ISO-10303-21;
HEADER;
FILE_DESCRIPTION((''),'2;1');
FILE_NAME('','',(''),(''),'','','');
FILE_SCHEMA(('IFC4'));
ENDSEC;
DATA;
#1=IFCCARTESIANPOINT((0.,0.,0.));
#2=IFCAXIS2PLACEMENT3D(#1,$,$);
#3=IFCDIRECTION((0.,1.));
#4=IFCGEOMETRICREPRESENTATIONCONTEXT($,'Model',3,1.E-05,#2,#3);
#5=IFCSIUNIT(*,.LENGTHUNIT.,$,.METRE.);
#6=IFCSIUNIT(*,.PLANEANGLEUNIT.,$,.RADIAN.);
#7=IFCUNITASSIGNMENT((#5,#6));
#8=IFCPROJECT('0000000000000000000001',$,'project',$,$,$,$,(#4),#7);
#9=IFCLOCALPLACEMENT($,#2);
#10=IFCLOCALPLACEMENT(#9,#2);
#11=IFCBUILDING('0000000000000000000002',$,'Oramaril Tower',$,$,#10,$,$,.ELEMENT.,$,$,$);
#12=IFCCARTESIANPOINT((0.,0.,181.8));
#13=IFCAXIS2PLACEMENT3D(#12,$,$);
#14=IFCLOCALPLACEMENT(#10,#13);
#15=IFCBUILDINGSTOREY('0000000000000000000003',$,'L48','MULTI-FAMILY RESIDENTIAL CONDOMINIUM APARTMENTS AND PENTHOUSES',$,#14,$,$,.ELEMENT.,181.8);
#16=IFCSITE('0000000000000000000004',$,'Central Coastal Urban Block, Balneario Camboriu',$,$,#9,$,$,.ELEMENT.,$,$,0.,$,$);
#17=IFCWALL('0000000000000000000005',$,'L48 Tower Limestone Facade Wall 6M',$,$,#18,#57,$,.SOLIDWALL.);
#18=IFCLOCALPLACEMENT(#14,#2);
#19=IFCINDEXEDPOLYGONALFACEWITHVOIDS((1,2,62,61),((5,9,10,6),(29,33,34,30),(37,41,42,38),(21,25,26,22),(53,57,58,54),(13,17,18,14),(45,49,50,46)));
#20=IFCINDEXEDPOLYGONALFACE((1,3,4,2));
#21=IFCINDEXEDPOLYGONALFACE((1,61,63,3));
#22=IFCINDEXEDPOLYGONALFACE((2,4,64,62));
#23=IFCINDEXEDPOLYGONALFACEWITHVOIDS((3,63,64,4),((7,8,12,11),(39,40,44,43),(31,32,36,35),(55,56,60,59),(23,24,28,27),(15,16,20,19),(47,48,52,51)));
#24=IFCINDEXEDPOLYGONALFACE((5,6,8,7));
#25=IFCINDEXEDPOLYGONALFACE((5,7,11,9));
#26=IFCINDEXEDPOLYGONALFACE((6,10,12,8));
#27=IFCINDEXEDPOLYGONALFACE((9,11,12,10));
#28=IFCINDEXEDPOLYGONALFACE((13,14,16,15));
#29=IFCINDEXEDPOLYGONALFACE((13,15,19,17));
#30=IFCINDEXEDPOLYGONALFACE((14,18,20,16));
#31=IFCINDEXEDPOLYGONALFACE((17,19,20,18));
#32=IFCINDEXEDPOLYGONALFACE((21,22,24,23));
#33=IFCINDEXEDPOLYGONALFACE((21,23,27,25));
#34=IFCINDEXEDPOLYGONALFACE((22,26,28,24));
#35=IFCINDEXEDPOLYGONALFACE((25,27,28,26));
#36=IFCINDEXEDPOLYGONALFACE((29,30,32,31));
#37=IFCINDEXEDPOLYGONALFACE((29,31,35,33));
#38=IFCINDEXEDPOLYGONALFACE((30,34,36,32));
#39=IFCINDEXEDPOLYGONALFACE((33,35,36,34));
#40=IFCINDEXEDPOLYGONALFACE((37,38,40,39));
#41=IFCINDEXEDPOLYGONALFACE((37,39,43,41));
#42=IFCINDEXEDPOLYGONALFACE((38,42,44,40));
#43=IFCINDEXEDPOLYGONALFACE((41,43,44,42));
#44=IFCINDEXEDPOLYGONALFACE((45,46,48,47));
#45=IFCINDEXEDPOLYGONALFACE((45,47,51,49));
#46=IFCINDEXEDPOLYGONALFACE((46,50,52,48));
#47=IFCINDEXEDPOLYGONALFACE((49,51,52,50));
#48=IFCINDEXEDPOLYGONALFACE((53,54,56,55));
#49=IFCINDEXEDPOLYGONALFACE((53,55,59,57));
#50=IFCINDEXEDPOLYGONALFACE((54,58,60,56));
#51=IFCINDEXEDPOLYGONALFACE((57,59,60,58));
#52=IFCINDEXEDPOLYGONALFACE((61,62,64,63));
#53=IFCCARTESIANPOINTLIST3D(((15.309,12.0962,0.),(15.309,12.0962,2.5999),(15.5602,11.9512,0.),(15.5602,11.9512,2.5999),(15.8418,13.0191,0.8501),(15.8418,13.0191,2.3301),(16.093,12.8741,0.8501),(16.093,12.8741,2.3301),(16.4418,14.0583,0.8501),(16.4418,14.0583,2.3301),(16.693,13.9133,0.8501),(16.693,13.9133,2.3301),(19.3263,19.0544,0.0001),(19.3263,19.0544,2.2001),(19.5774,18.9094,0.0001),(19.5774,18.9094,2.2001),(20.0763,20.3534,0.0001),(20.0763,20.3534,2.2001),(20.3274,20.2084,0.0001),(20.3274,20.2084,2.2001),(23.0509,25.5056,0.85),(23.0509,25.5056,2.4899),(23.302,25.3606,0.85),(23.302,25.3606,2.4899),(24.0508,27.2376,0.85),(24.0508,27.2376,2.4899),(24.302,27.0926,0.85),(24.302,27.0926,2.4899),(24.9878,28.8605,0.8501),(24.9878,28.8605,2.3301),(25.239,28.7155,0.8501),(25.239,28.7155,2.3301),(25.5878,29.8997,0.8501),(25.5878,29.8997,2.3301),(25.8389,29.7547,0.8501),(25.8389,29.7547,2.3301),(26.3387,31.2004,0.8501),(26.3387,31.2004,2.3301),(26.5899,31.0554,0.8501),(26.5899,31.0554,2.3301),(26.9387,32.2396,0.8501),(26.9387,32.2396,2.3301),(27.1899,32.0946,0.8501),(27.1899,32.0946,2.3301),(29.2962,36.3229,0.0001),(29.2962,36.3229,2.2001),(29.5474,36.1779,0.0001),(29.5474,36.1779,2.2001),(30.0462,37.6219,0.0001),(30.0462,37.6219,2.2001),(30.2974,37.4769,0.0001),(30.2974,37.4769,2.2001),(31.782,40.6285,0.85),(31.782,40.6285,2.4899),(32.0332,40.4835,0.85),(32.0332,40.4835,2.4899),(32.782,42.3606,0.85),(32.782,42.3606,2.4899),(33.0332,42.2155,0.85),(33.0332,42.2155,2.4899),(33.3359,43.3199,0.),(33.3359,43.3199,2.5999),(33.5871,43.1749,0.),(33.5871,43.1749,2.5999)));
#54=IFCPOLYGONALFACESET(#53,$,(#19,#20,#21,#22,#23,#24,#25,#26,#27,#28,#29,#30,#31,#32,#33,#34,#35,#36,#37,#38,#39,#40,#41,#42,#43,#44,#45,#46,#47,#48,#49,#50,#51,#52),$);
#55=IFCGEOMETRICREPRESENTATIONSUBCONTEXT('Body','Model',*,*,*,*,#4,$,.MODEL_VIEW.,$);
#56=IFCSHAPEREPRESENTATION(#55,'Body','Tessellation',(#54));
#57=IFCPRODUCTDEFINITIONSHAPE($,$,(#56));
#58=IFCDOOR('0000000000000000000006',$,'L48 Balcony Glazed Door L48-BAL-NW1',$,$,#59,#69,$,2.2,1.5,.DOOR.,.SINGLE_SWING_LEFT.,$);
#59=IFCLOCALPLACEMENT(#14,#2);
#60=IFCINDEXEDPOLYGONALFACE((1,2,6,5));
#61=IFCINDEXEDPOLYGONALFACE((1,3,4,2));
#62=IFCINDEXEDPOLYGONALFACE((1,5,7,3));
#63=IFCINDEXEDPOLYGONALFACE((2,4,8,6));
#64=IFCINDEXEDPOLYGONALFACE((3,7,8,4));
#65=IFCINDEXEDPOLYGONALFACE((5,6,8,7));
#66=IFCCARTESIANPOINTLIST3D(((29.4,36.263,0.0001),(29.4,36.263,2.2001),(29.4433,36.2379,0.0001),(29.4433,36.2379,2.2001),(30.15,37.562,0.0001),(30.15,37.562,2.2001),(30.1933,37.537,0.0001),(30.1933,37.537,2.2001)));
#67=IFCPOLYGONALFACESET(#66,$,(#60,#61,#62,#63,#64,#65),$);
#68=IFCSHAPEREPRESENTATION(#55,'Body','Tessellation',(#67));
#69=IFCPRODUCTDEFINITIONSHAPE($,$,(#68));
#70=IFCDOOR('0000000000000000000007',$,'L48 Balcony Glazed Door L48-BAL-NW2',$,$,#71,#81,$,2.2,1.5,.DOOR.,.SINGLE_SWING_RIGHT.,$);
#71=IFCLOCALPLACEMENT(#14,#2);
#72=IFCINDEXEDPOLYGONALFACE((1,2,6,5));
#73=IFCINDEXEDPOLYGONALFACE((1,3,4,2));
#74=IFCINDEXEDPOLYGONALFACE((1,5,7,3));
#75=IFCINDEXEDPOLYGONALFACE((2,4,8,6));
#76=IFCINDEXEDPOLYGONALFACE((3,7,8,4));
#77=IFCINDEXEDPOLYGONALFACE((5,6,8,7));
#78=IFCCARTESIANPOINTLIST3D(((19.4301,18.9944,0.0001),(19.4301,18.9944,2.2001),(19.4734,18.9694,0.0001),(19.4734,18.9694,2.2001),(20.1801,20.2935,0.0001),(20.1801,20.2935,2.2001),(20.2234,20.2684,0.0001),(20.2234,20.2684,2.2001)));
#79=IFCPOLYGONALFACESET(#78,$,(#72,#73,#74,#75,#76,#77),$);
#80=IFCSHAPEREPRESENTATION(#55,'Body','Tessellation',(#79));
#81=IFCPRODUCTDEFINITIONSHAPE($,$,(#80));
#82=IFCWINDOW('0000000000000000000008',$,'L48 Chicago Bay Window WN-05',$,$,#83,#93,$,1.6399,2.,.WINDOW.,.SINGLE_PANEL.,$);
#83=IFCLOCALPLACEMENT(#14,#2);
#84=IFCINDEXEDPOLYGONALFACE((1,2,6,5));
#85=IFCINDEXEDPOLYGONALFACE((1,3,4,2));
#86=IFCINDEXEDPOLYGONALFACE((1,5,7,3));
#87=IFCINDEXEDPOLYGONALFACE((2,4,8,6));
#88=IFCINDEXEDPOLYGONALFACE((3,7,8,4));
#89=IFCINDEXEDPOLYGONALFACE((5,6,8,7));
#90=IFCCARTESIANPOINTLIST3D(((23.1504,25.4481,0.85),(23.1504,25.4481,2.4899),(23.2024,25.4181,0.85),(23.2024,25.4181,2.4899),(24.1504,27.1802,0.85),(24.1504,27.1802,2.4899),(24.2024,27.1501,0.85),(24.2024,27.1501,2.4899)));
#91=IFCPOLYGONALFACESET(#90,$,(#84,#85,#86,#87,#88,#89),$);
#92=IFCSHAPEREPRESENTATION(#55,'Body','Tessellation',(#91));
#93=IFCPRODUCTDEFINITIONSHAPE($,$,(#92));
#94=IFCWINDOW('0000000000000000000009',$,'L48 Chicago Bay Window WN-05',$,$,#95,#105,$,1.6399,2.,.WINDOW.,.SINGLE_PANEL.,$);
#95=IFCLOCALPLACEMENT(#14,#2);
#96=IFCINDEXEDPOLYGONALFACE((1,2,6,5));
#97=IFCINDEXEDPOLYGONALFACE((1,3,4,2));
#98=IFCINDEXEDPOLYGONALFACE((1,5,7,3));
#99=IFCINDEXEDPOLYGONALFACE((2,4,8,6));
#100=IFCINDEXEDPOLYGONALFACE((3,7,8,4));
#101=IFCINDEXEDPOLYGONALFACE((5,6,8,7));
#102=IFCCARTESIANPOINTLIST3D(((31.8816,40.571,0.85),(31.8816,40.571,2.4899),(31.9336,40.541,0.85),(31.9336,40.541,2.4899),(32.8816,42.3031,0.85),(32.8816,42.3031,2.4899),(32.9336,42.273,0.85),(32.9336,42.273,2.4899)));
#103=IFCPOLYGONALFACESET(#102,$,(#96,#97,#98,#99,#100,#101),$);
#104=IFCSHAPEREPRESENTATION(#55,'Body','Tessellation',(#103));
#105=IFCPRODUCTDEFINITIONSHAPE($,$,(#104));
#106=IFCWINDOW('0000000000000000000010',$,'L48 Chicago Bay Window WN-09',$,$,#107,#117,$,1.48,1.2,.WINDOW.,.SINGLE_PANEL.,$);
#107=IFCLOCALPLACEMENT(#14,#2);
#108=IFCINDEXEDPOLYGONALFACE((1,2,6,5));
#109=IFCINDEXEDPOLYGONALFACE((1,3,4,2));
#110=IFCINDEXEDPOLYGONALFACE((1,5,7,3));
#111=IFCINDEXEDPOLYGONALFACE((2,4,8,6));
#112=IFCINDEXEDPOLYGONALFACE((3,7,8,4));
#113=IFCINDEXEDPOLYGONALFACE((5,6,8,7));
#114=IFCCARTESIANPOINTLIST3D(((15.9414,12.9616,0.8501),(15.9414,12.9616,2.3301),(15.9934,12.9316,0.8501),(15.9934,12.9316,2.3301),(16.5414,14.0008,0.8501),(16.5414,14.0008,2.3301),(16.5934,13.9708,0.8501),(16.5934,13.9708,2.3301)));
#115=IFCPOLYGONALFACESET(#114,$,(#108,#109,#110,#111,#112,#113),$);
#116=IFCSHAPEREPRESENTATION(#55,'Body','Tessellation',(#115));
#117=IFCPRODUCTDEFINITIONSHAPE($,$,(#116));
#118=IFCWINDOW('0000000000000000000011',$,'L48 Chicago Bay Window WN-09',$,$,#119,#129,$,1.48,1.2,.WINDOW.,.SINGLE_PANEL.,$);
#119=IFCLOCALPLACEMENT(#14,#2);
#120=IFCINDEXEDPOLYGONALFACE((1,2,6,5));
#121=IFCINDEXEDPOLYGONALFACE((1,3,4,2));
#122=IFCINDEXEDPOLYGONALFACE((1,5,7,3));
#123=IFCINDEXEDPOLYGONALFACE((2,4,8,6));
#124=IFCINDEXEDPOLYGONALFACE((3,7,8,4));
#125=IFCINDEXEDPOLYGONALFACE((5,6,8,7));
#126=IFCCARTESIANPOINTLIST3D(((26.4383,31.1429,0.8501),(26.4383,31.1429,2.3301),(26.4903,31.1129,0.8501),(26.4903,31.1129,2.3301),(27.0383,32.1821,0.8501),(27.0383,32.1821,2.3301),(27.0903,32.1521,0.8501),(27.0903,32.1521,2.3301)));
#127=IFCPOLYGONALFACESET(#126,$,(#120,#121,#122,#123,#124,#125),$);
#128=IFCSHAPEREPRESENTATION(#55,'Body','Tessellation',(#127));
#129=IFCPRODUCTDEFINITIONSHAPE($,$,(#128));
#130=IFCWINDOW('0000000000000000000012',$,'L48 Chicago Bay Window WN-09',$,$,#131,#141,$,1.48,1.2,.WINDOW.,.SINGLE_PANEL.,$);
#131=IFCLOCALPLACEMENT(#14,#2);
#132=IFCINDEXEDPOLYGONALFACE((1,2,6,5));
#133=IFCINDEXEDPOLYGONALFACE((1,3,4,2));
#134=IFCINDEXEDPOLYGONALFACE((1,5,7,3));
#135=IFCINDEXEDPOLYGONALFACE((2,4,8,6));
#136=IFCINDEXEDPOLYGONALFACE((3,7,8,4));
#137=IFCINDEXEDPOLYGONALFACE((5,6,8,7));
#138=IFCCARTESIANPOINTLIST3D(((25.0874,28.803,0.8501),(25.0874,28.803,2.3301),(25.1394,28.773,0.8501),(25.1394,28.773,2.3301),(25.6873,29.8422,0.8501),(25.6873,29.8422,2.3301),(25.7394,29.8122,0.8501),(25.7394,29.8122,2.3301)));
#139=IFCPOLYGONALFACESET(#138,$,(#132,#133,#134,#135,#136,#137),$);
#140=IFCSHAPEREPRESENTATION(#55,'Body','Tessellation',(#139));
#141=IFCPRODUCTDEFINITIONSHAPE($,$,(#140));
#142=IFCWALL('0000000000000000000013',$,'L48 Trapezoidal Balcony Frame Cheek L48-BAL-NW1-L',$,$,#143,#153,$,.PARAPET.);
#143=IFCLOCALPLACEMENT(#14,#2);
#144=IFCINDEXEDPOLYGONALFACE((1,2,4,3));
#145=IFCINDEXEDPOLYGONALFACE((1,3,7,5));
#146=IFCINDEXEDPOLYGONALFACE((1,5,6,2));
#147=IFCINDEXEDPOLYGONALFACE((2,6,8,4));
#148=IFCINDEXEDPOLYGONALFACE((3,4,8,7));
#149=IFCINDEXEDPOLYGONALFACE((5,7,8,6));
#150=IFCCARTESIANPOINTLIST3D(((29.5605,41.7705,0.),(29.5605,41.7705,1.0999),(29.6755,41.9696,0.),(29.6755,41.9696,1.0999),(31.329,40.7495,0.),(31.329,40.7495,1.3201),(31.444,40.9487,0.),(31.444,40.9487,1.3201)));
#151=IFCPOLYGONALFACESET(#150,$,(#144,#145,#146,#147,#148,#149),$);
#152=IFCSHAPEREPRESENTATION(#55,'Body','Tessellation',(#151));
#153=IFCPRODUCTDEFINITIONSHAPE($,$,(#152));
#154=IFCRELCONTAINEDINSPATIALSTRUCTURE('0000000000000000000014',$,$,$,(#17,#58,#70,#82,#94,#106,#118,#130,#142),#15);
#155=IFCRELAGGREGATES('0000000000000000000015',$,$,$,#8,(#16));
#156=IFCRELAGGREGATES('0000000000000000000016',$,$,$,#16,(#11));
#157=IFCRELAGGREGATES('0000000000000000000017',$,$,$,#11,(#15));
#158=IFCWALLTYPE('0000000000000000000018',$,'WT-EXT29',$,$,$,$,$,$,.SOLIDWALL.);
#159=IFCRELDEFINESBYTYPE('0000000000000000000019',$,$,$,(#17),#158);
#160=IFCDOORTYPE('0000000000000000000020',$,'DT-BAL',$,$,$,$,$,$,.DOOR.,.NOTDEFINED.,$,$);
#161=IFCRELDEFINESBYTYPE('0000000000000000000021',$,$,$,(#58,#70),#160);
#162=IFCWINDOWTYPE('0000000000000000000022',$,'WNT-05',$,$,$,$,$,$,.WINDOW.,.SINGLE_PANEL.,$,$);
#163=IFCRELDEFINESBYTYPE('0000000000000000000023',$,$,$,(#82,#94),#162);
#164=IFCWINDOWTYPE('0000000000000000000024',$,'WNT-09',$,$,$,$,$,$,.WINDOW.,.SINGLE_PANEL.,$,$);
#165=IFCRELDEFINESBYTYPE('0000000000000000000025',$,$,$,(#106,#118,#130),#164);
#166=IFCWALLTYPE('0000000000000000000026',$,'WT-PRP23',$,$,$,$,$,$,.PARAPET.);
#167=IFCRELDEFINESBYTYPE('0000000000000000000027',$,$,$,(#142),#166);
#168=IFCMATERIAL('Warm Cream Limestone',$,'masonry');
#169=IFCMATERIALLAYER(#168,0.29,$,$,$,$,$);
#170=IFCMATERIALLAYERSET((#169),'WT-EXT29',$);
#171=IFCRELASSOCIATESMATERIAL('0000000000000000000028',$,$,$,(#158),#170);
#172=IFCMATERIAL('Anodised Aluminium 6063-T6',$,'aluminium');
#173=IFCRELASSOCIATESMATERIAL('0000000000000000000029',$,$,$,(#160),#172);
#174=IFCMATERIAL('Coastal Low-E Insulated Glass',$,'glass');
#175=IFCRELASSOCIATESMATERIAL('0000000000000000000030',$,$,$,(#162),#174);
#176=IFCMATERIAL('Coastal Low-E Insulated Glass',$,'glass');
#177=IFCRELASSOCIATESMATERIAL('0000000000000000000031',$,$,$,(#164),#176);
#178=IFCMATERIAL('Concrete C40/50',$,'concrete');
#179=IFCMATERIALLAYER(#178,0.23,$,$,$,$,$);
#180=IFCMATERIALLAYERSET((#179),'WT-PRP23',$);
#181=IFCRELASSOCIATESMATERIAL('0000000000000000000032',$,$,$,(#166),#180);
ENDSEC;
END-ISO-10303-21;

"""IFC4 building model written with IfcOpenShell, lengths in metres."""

from ifc_helpers import new_model, si_unit, direction, frame, frame_2d, origin, place, context, subcontext, project, spatial, polyline, rectangle, outline, extrude, material, layer, layer_set, type_object, element, fill, save


model = new_model("IFC4")

# Units and contexts
model_context = context("Model", 3, precision=1e-05, world=origin(), true_north=direction((0.0, 1.0)))
body_context = subcontext(model_context, "Body", "Model", "MODEL_VIEW")
ifc_project = project(units=[si_unit("LENGTHUNIT", "METRE"), si_unit("PLANEANGLEUNIT", "RADIAN")], contexts=[model_context])

# Site, building, storey
site_placement = place(None, origin())
site = spatial("IfcSite", under=ifc_project, at=site_placement, Name="Central Coastal Urban Block, Balneario Camboriu", CompositionType="ELEMENT", RefElevation=0.0)
building_placement = place(site_placement, origin())
building = spatial("IfcBuilding", under=site, at=building_placement, Name="Oramaril Tower", CompositionType="ELEMENT")
storey_placement = place(building_placement, frame((0.0, 0.0, 181.8)))
storey = spatial("IfcBuildingStorey", under=building, at=storey_placement, Name="L48", Description="MULTI-FAMILY RESIDENTIAL CONDOMINIUM APARTMENTS AND PENTHOUSES", CompositionType="ELEMENT", Elevation=181.8)

# Wall, openings, doors, windows
ifc_material_1 = material(Name="Warm Cream Limestone", Category="masonry")
ifc_layer_1 = layer(ifc_material_1, 0.29)
ifc_layer_set_1 = layer_set([ifc_layer_1], Name="WT-EXT29")
wall_type_1 = type_object("IfcWallType", Name="WT-EXT29", PredefinedType="SOLIDWALL", material=ifc_layer_set_1)
wall_1_placement = place(storey_placement, frame((33.4614, 43.2473, 0.0), z_axis=(0.0, 0.0, 1.0), x_axis=(-0.499998, -0.866027, 0.0)))
wall_1 = element("IfcWall", 1, at=wall_1_placement, inside=storey, type_object=wall_type_1, Name="L48 Tower Limestone Facade Wall 6M", PredefinedType="SOLIDWALL", context=body_context, shape_type="SweptSolid", body=[
    extrude(rectangle(XDim=36.054, YDim=0.29, at=frame_2d((18.0269, 0.0))), origin(), (0.0, 0.0, 1.0), 2.5999),
])
opening_1_placement = place(wall_1_placement, frame((6.5793, 0.0, 0.0)))
opening_1 = element("IfcOpeningElement", 2, at=opening_1_placement, cuts=wall_1, PredefinedType="OPENING", context=body_context, shape_type="SweptSolid", body=[
    extrude(rectangle(XDim=1.5, YDim=2.2, at=frame_2d((0.75, 1.1001))), frame((0.0, 0.145, 0.0), z_axis=(0.0, -1.0, 0.0), x_axis=(1.0, 0.0, 0.0)), (0.0, 0.0, 1.0), 0.29),
])
opening_2_placement = place(wall_1_placement, frame((26.5193, 0.0, 0.0)))
opening_2 = element("IfcOpeningElement", 3, at=opening_2_placement, cuts=wall_1, PredefinedType="OPENING", context=body_context, shape_type="SweptSolid", body=[
    extrude(rectangle(XDim=1.5, YDim=2.2, at=frame_2d((0.75, 1.1001))), frame((0.0, 0.145, 0.0), z_axis=(0.0, -1.0, 0.0), x_axis=(1.0, 0.0, 0.0)), (0.0, 0.0, 1.0), 0.29),
])
opening_3_placement = place(wall_1_placement, frame((33.7881, 0.0, 0.8501)))
opening_3 = element("IfcOpeningElement", 4, at=opening_3_placement, cuts=wall_1, PredefinedType="OPENING", context=body_context, shape_type="SweptSolid", body=[
    extrude(rectangle(XDim=1.2, YDim=1.48, at=frame_2d((0.6001, 0.74))), frame((0.0, 0.145, 0.0), z_axis=(0.0, -1.0, 0.0), x_axis=(1.0, 0.0, 0.0)), (0.0, 0.0, 1.0), 0.29),
])
opening_4_placement = place(wall_1_placement, frame((18.5701, 0.0, 0.8501)))
opening_4 = element("IfcOpeningElement", 5, at=opening_4_placement, cuts=wall_1, PredefinedType="OPENING", context=body_context, shape_type="SweptSolid", body=[
    extrude(rectangle(XDim=2.0, YDim=1.6399, at=frame_2d((1.0, 0.8198))), frame((0.0, 0.145, 0.0), z_axis=(0.0, -1.0, 0.0), x_axis=(1.0, 0.0, 0.0)), (0.0, 0.0, 1.0), 0.29),
])
opening_5_placement = place(wall_1_placement, frame((12.7942, 0.0, 0.8501)))
opening_5 = element("IfcOpeningElement", 6, at=opening_5_placement, cuts=wall_1, PredefinedType="OPENING", context=body_context, shape_type="SweptSolid", body=[
    extrude(rectangle(XDim=1.2, YDim=1.48, at=frame_2d((0.6001, 0.74))), frame((0.0, 0.145, 0.0), z_axis=(0.0, -1.0, 0.0), x_axis=(1.0, 0.0, 0.0)), (0.0, 0.0, 1.0), 0.29),
])
opening_6_placement = place(wall_1_placement, frame((15.4961, 0.0, 0.8501)))
opening_6 = element("IfcOpeningElement", 7, at=opening_6_placement, cuts=wall_1, PredefinedType="OPENING", context=body_context, shape_type="SweptSolid", body=[
    extrude(rectangle(XDim=1.2, YDim=1.48, at=frame_2d((0.6001, 0.74))), frame((0.0, 0.145, 0.0), z_axis=(0.0, -1.0, 0.0), x_axis=(1.0, 0.0, 0.0)), (0.0, 0.0, 1.0), 0.29),
])
opening_7_placement = place(wall_1_placement, frame((1.1077, 0.0, 0.8501)))
opening_7 = element("IfcOpeningElement", 8, at=opening_7_placement, cuts=wall_1, PredefinedType="OPENING", context=body_context, shape_type="SweptSolid", body=[
    extrude(rectangle(XDim=2.0, YDim=1.6399, at=frame_2d((1.0, 0.8198))), frame((0.0, 0.145, 0.0), z_axis=(0.0, -1.0, 0.0), x_axis=(1.0, 0.0, 0.0)), (0.0, 0.0, 1.0), 0.29),
])
ifc_material_2 = material(Name="Anodised Aluminium 6063-T6", Category="aluminium")
door_type_1 = type_object("IfcDoorType", Name="DT-BAL", OperationType="NOTDEFINED", PredefinedType="DOOR", material=ifc_material_2)
door_1_placement = place(opening_1_placement, origin())
door_1 = element("IfcDoor", 9, at=door_1_placement, inside=storey, type_object=door_type_1, Name="L48 Balcony Glazed Door L48-BAL-NW1", OperationType="SINGLE_SWING_LEFT", OverallHeight=2.2, OverallWidth=1.5, PredefinedType="DOOR", context=body_context, shape_type="SweptSolid", body=[
    extrude(rectangle(XDim=1.5, YDim=2.2, at=frame_2d((0.75, 1.1001))), frame((0.0, 0.0249, 0.0), z_axis=(0.0, -1.0, 0.0), x_axis=(1.0, 0.0, 0.0)), (0.0, 0.0, 1.0), 0.05),
])
fill(opening_1, door_1)
door_2_placement = place(opening_2_placement, origin())
door_2 = element("IfcDoor", 10, at=door_2_placement, inside=storey, type_object=door_type_1, Name="L48 Balcony Glazed Door L48-BAL-NW2", OperationType="SINGLE_SWING_RIGHT", OverallHeight=2.2, OverallWidth=1.5, PredefinedType="DOOR", context=body_context, shape_type="SweptSolid", body=[
    extrude(rectangle(XDim=1.5, YDim=2.2, at=frame_2d((0.75, 1.1001))), frame((0.0, 0.0249, 0.0), z_axis=(0.0, -1.0, 0.0), x_axis=(1.0, 0.0, 0.0)), (0.0, 0.0, 1.0), 0.05),
])
fill(opening_2, door_2)
ifc_material_3 = material(Name="Coastal Low-E Insulated Glass", Category="glass")
window_type_1 = type_object("IfcWindowType", Name="WNT-05", PartitioningType="SINGLE_PANEL", PredefinedType="WINDOW", material=ifc_material_3)
window_1_placement = place(opening_4_placement, origin())
window_1 = element("IfcWindow", 11, at=window_1_placement, inside=storey, type_object=window_type_1, Name="L48 Chicago Bay Window WN-05", OverallHeight=1.6399, OverallWidth=2.0, PartitioningType="SINGLE_PANEL", PredefinedType="WINDOW", context=body_context, shape_type="SweptSolid", body=[
    extrude(rectangle(XDim=2.0, YDim=1.6399, at=frame_2d((1.0, 0.8198))), frame((0.0, 0.03, 0.0), z_axis=(0.0, -1.0, 0.0), x_axis=(1.0, 0.0, 0.0)), (0.0, 0.0, 1.0), 0.0601),
])
fill(opening_4, window_1)
window_2_placement = place(opening_7_placement, origin())
window_2 = element("IfcWindow", 12, at=window_2_placement, inside=storey, type_object=window_type_1, Name="L48 Chicago Bay Window WN-05", OverallHeight=1.6399, OverallWidth=2.0, PartitioningType="SINGLE_PANEL", PredefinedType="WINDOW", context=body_context, shape_type="SweptSolid", body=[
    extrude(rectangle(XDim=2.0, YDim=1.6399, at=frame_2d((1.0, 0.8198))), frame((0.0, 0.03, 0.0), z_axis=(0.0, -1.0, 0.0), x_axis=(1.0, 0.0, 0.0)), (0.0, 0.0, 1.0), 0.0601),
])
fill(opening_7, window_2)
ifc_material_4 = material(Name="Coastal Low-E Insulated Glass", Category="glass")
window_type_2 = type_object("IfcWindowType", Name="WNT-09", PartitioningType="SINGLE_PANEL", PredefinedType="WINDOW", material=ifc_material_4)
window_3_placement = place(opening_3_placement, origin())
window_3 = element("IfcWindow", 13, at=window_3_placement, inside=storey, type_object=window_type_2, Name="L48 Chicago Bay Window WN-09", OverallHeight=1.48, OverallWidth=1.2, PartitioningType="SINGLE_PANEL", PredefinedType="WINDOW", context=body_context, shape_type="SweptSolid", body=[
    extrude(rectangle(XDim=1.2, YDim=1.48, at=frame_2d((0.6001, 0.74))), frame((0.0, 0.03, 0.0), z_axis=(0.0, -1.0, 0.0), x_axis=(1.0, 0.0, 0.0)), (0.0, 0.0, 1.0), 0.0601),
])
fill(opening_3, window_3)
window_4_placement = place(opening_5_placement, origin())
window_4 = element("IfcWindow", 14, at=window_4_placement, inside=storey, type_object=window_type_2, Name="L48 Chicago Bay Window WN-09", OverallHeight=1.48, OverallWidth=1.2, PartitioningType="SINGLE_PANEL", PredefinedType="WINDOW", context=body_context, shape_type="SweptSolid", body=[
    extrude(rectangle(XDim=1.2, YDim=1.48, at=frame_2d((0.6001, 0.74))), frame((0.0, 0.03, 0.0), z_axis=(0.0, -1.0, 0.0), x_axis=(1.0, 0.0, 0.0)), (0.0, 0.0, 1.0), 0.0601),
])
fill(opening_5, window_4)
window_5_placement = place(opening_6_placement, origin())
window_5 = element("IfcWindow", 15, at=window_5_placement, inside=storey, type_object=window_type_2, Name="L48 Chicago Bay Window WN-09", OverallHeight=1.48, OverallWidth=1.2, PartitioningType="SINGLE_PANEL", PredefinedType="WINDOW", context=body_context, shape_type="SweptSolid", body=[
    extrude(rectangle(XDim=1.2, YDim=1.48, at=frame_2d((0.6001, 0.74))), frame((0.0, 0.03, 0.0), z_axis=(0.0, -1.0, 0.0), x_axis=(1.0, 0.0, 0.0)), (0.0, 0.0, 1.0), 0.0601),
])
fill(opening_6, window_5)

# Wall
ifc_material_5 = material(Name="Concrete C40/50", Category="concrete")
ifc_layer_2 = layer(ifc_material_5, 0.23)
ifc_layer_set_2 = layer_set([ifc_layer_2], Name="WT-PRP23")
wall_type_2 = type_object("IfcWallType", Name="WT-PRP23", PredefinedType="PARAPET", material=ifc_layer_set_2)
wall_2_placement = place(storey_placement, frame((31.3865, 40.8491, 0.0), z_axis=(0.0, 0.0, 1.0), x_axis=(-0.866042, 0.499971, 0.0)))
element("IfcWall", 16, at=wall_2_placement, inside=storey, type_object=wall_type_2, Name="L48 Trapezoidal Balcony Frame Cheek L48-BAL-NW1-L", PredefinedType="PARAPET", context=body_context, shape_type="SweptSolid", body=[
    extrude(outline(polyline([(0.0, 0.0), (2.042, 0.0), (2.042, 1.0999), (0.0, 1.3201), (0.0, 0.0)])), frame((0.0, 0.115, 0.0), z_axis=(0.0, -1.0, 0.0), x_axis=(1.0, 0.0, 0.0)), (0.0, 0.0, 1.0), 0.23),
])

save(model, "model.ifc")
